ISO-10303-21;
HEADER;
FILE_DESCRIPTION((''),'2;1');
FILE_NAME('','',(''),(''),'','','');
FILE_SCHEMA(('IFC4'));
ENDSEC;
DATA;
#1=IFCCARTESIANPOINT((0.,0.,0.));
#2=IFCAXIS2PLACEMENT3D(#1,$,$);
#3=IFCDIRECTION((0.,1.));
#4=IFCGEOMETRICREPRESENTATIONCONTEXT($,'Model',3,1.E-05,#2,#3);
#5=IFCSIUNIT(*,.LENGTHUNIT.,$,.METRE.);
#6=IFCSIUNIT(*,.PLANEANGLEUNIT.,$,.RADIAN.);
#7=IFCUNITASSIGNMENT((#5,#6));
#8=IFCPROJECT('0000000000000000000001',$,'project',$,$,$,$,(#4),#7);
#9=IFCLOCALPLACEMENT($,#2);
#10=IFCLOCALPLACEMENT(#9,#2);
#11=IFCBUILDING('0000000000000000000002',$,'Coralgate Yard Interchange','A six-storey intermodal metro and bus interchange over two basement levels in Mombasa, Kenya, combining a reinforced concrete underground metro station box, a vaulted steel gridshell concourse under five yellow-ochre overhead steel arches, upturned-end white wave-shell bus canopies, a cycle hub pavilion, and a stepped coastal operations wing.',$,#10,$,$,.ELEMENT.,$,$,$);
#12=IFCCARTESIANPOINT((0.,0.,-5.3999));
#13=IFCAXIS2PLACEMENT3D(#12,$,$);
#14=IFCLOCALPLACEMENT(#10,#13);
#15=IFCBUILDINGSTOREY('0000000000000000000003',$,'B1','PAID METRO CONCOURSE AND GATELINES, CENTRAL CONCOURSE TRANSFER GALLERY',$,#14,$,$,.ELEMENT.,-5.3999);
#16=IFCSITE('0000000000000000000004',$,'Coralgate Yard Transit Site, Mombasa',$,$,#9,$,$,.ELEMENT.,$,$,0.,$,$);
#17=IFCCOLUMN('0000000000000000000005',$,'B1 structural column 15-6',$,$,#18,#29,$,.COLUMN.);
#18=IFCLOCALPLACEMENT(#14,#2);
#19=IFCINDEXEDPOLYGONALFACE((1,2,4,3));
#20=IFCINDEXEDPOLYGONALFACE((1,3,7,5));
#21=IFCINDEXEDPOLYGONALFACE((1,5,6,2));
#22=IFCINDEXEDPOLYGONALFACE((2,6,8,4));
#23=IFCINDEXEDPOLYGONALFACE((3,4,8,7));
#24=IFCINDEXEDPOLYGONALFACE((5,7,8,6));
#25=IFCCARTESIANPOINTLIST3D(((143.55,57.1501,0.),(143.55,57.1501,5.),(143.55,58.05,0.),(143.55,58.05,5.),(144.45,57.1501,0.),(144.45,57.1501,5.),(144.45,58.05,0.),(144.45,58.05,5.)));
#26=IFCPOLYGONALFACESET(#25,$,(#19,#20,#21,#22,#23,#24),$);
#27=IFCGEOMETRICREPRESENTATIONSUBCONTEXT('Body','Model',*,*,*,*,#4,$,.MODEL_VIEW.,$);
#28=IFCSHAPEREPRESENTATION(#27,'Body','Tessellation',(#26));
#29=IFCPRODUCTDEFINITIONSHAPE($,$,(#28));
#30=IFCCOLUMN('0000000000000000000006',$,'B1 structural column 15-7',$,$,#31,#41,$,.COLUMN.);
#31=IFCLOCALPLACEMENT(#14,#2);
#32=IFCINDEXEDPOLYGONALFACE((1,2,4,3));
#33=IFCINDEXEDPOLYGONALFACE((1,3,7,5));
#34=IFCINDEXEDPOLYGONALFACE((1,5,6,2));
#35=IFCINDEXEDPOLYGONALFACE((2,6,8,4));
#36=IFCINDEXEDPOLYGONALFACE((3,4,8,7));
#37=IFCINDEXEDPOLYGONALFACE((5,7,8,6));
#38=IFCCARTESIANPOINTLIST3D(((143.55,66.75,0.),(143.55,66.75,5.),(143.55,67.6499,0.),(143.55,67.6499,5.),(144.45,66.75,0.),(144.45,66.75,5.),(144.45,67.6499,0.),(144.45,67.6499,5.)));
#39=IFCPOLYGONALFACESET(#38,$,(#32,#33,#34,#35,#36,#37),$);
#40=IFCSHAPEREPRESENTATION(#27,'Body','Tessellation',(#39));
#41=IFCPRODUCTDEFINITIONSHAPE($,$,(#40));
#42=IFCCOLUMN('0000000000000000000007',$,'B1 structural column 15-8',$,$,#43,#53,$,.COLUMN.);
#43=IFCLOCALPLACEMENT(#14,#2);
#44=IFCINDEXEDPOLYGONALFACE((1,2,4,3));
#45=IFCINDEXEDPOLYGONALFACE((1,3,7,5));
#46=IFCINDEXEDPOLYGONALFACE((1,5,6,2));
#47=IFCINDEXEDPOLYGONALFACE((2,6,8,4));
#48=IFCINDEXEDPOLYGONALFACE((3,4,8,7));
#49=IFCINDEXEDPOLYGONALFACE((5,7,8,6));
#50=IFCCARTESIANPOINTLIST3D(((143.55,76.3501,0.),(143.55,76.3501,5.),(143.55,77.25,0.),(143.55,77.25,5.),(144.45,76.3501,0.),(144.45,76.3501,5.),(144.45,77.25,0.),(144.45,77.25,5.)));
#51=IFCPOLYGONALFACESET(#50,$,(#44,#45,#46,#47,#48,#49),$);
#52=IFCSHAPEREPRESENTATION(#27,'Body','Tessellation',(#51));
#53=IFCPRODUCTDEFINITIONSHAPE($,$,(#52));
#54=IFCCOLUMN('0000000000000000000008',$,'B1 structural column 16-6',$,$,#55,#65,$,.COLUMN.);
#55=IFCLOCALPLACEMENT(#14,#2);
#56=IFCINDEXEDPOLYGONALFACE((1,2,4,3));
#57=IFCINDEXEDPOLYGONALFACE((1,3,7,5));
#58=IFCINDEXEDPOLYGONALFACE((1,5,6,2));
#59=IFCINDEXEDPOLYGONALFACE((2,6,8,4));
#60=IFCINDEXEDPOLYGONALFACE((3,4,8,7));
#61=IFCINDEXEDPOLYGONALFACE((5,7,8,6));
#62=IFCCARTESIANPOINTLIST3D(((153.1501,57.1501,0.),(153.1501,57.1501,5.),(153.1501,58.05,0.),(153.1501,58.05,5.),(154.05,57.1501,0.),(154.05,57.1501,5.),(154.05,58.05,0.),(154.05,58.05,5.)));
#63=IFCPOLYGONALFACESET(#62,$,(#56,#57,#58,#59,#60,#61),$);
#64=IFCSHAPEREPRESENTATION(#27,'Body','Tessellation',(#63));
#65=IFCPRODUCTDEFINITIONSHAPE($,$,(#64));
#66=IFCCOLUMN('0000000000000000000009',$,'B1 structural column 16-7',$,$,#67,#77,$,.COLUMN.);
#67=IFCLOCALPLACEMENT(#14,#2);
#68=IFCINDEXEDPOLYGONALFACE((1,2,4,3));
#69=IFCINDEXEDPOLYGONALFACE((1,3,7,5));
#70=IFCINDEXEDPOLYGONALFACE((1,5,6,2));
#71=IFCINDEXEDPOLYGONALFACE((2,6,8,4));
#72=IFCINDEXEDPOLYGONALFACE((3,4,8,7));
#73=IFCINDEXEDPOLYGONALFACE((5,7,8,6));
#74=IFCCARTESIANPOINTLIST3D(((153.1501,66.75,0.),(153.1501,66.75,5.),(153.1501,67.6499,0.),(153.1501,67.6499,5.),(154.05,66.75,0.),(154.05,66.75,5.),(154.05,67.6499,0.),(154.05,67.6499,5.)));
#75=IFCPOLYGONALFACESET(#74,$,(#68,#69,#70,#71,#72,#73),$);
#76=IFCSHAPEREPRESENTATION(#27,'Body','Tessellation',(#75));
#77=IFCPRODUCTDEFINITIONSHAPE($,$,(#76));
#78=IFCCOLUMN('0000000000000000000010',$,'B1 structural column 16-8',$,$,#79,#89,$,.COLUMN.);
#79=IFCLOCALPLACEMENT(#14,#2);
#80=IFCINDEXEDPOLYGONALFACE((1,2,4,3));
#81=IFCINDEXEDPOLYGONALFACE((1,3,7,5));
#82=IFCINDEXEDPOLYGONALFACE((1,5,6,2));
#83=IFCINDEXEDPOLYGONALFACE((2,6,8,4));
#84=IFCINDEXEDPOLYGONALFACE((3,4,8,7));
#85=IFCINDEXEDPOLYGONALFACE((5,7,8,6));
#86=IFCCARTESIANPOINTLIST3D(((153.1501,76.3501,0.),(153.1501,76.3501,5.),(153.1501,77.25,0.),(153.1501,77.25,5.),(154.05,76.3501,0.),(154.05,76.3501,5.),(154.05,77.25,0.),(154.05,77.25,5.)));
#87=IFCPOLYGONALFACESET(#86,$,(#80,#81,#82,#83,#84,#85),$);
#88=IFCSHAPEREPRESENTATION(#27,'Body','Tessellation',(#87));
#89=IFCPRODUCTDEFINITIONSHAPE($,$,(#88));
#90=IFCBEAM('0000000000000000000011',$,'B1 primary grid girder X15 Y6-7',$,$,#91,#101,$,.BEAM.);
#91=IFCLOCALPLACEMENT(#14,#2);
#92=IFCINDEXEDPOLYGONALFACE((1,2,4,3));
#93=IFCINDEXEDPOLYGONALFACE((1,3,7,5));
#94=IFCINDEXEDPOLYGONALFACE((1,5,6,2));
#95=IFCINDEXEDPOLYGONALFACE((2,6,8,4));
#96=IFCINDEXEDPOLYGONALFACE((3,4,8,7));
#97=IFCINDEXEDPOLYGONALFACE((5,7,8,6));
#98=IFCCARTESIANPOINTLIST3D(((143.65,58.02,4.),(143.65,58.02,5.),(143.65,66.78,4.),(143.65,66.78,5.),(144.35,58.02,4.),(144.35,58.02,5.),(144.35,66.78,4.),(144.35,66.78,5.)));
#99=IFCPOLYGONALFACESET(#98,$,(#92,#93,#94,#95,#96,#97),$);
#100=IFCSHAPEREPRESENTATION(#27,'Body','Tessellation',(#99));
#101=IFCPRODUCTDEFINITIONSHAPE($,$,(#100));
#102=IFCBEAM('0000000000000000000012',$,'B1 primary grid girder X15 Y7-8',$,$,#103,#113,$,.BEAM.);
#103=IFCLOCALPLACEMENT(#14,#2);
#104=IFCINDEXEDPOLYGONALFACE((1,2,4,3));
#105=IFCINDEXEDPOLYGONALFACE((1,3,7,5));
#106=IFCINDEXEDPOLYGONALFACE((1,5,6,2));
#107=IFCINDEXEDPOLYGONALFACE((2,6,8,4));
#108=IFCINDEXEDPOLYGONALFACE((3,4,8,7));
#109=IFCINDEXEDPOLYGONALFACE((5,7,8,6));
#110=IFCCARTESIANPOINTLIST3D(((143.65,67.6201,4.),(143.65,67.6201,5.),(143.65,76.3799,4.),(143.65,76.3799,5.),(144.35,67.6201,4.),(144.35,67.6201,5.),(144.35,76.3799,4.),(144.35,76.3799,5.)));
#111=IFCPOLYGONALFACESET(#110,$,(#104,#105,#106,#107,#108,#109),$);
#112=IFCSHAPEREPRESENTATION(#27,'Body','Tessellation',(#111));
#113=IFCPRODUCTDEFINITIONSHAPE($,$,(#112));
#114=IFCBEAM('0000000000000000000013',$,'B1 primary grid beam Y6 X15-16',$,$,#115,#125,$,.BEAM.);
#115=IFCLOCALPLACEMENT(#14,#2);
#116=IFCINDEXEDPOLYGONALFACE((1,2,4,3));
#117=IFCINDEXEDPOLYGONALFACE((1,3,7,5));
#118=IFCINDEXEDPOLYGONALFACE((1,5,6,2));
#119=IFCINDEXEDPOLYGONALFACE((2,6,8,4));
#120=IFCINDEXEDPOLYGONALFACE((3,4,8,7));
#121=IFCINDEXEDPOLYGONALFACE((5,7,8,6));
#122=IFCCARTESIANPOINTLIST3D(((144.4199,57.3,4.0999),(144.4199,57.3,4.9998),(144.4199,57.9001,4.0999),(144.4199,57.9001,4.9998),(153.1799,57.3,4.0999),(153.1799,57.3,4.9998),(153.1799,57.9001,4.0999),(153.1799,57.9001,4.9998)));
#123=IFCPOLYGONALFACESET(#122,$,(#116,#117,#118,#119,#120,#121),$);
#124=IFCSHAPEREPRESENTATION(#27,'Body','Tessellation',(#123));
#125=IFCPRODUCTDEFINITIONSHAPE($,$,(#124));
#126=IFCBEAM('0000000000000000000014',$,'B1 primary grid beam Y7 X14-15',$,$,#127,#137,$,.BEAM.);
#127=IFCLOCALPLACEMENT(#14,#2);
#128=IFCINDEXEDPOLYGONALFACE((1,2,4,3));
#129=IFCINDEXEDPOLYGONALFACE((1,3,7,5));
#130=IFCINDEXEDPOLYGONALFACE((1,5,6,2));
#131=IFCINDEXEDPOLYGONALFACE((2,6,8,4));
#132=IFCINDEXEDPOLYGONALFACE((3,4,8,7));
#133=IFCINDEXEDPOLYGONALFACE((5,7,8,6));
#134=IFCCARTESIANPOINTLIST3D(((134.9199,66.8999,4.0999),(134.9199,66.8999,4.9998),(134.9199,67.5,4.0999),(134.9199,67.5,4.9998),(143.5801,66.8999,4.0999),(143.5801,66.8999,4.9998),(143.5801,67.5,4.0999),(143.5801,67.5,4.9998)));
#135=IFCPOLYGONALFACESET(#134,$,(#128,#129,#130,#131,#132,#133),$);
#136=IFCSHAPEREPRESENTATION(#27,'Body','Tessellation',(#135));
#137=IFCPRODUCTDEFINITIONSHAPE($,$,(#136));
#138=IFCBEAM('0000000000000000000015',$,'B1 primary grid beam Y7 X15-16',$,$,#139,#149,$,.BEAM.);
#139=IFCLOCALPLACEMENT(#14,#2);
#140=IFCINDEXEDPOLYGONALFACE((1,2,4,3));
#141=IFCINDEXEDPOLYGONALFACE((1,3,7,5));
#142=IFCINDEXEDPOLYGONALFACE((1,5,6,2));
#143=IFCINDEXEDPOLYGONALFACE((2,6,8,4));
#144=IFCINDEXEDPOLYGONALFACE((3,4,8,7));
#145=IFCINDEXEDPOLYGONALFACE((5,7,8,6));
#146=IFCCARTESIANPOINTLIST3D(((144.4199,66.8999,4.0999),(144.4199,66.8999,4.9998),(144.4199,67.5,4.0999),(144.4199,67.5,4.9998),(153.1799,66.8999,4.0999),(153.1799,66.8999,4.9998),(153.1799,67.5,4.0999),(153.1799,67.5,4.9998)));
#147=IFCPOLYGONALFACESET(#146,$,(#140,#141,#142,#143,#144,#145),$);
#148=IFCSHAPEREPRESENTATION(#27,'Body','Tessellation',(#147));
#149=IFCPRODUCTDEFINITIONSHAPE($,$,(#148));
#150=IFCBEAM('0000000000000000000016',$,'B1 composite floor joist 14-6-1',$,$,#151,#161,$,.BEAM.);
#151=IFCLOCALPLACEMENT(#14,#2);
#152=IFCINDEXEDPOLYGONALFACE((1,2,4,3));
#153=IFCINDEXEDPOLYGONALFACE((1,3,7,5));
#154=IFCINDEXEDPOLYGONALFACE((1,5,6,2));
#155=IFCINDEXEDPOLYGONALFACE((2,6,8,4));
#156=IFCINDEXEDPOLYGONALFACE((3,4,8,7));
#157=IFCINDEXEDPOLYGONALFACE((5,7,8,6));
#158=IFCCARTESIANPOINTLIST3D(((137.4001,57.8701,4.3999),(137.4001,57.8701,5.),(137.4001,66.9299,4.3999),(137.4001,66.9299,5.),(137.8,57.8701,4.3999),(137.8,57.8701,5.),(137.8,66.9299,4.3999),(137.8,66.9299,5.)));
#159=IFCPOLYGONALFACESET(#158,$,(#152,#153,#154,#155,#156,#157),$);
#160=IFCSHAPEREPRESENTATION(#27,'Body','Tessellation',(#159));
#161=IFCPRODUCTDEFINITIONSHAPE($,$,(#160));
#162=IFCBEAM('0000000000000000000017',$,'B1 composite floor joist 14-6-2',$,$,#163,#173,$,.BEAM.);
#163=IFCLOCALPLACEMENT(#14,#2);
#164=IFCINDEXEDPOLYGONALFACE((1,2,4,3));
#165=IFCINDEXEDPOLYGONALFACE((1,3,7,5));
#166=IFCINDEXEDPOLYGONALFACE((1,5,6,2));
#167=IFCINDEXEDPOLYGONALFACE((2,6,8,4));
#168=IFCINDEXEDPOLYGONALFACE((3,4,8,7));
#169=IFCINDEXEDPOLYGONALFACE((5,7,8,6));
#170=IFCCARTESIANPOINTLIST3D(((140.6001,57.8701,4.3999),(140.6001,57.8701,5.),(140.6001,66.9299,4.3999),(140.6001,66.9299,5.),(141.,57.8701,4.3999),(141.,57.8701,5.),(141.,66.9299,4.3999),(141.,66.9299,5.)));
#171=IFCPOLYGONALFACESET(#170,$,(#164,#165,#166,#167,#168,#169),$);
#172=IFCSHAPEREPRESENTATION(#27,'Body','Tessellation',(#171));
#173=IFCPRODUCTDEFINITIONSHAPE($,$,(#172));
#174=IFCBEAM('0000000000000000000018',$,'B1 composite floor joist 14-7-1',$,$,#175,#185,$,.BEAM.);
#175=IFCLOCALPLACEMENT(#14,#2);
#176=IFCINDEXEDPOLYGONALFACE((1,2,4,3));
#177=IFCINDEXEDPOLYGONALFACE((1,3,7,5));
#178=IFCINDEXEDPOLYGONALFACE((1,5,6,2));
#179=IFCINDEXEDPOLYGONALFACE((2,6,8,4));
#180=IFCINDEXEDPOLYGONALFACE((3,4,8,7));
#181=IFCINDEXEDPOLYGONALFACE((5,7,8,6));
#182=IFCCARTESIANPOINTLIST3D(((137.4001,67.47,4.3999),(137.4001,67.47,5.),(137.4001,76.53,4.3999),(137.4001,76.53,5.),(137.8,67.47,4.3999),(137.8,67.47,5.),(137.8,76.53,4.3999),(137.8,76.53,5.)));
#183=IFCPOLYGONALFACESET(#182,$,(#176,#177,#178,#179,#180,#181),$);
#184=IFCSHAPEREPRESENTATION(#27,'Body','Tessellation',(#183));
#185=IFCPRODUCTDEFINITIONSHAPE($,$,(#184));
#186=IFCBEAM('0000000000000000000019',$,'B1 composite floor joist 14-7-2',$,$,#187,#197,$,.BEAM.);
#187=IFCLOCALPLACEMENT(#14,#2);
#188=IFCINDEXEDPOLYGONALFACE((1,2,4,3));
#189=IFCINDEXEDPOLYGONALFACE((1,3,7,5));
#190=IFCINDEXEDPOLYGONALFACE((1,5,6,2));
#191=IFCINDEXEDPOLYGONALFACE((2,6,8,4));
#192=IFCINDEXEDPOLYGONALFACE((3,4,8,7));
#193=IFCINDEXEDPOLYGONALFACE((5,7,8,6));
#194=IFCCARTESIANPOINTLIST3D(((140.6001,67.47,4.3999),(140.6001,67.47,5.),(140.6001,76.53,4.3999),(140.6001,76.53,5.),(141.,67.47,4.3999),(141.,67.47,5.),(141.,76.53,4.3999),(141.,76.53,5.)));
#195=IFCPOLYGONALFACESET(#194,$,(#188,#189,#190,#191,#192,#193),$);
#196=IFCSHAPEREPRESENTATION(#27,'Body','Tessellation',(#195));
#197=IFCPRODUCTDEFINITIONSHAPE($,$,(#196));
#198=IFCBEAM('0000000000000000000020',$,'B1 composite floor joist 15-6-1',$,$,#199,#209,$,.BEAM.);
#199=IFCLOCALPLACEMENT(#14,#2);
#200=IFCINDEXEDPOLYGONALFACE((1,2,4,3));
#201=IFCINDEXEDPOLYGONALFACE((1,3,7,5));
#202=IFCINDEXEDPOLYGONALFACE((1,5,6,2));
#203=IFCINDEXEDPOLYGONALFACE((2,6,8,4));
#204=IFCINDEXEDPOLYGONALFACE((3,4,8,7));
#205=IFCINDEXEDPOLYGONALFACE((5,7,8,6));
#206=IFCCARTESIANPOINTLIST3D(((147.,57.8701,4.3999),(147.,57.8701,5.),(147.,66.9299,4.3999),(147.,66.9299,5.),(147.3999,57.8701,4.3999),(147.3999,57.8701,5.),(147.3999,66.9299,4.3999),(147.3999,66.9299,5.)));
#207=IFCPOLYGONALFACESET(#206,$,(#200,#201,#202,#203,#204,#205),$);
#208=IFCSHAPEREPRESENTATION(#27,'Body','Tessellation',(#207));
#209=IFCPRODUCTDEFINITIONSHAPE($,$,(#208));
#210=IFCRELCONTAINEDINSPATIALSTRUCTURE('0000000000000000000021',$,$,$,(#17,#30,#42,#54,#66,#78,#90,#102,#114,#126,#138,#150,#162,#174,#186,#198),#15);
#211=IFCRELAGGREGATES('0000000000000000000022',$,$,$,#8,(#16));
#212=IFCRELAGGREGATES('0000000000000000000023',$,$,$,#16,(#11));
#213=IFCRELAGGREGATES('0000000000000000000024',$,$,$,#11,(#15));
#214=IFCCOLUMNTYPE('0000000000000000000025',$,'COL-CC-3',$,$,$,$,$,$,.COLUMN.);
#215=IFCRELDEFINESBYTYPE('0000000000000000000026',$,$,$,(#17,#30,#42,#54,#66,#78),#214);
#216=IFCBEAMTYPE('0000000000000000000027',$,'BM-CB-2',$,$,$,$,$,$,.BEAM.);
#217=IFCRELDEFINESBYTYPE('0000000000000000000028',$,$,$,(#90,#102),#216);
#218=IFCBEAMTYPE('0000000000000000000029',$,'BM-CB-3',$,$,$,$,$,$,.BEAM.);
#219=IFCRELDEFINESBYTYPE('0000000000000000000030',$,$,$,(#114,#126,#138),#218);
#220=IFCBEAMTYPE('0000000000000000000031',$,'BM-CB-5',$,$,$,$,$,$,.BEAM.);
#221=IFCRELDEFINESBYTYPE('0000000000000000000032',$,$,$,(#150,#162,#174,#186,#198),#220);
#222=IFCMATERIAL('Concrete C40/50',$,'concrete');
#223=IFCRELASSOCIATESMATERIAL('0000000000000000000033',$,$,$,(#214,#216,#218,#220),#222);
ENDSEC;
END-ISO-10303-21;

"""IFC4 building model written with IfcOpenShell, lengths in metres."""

from ifc_helpers import new_model, si_unit, direction, frame, origin, origin_2d, place, context, subcontext, project, spatial, rectangle, extrude, material, material_profile, profile_set, type_object, element, save


model = new_model("IFC4")

# Units and contexts
model_context = context("Model", 3, precision=1e-05, world=origin(), true_north=direction((0.0, 1.0)))
body_context = subcontext(model_context, "Body", "Model", "MODEL_VIEW")
ifc_project = project(units=[si_unit("LENGTHUNIT", "METRE"), si_unit("PLANEANGLEUNIT", "RADIAN")], contexts=[model_context])

# Site, building, storey
site_placement = place(None, origin())
site = spatial("IfcSite", under=ifc_project, at=site_placement, Name="Coralgate Yard Transit Site, Mombasa", CompositionType="ELEMENT", RefElevation=0.0)
building_placement = place(site_placement, origin())
building = spatial("IfcBuilding", under=site, at=building_placement, Name="Coralgate Yard Interchange", Description="A six-storey intermodal metro and bus interchange over two basement levels in Mombasa, Kenya, combining a reinforced concrete underground metro station box, a vaulted steel gridshell concourse under five yellow-ochre overhead steel arches, upturned-end white wave-shell bus canopies, a cycle hub pavilion, and a stepped coastal operations wing.", CompositionType="ELEMENT")
storey_placement = place(building_placement, frame((0.0, 0.0, -5.3999)))
storey = spatial("IfcBuildingStorey", under=building, at=storey_placement, Name="B1", Description="PAID METRO CONCOURSE AND GATELINES, CENTRAL CONCOURSE TRANSFER GALLERY", CompositionType="ELEMENT", Elevation=-5.3999)

# Columns
ifc_material_1 = material(Name="Concrete C40/50", Category="concrete")
ifc_material_profile_1 = material_profile(ifc_material_1, rectangle(XDim=0.8999, YDim=0.8999, at=origin_2d()), Name="RC 900x900")
ifc_profile_set_1 = profile_set([ifc_material_profile_1], Name="Concrete C40/50")
column_type = type_object("IfcColumnType", Name="COL-CC-3", PredefinedType="COLUMN", material=ifc_profile_set_1)
for number, where, z_axis, x_axis, name in (
    (1, (144.0, 57.6001, 0.0), (0.0, 0.0, 1.0), (1.0, 0.0, 0.0), "B1 structural column 15-6"),
    (2, (144.0, 67.2, 0.0), (0.0, 0.0, 1.0), (1.0, 0.0, 0.0), "B1 structural column 15-7"),
    (3, (144.0, 76.8, 0.0), (0.0, 0.0, 1.0), (1.0, 0.0, 0.0), "B1 structural column 15-8"),
    (4, (153.6001, 57.6001, 0.0), (0.0, 0.0, 1.0), (1.0, 0.0, 0.0), "B1 structural column 16-6"),
    (5, (153.6001, 67.2, 0.0), (0.0, 0.0, 1.0), (1.0, 0.0, 0.0), "B1 structural column 16-7"),
    (6, (153.6001, 76.8, 0.0), (0.0, 0.0, 1.0), (1.0, 0.0, 0.0), "B1 structural column 16-8"),
):
    element("IfcColumn", number, at=place(storey_placement, frame(where, z_axis=z_axis, x_axis=x_axis)), inside=storey, type_object=column_type, Name=name, PredefinedType="COLUMN", context=body_context, shape_type="SweptSolid", body=[
        extrude(rectangle(XDim=0.8999, YDim=0.8999, at=origin_2d()), origin(), (0.0, 0.0, 1.0), 5.0),
    ])

# Beams
ifc_material_profile_2 = material_profile(ifc_material_1, rectangle(XDim=0.7, YDim=1.0, at=origin_2d()), Name="RC 700x1000")
ifc_profile_set_2 = profile_set([ifc_material_profile_2], Name="Concrete C40/50")
beam_type_1 = type_object("IfcBeamType", Name="BM-CB-2", PredefinedType="BEAM", material=ifc_profile_set_2)
beam_1_placement = place(storey_placement, frame((144.0, 58.02, 4.5), z_axis=(0.0, 1.0, 0.0), x_axis=(-1.0, 0.0, 0.0)))
element("IfcBeam", 7, at=beam_1_placement, inside=storey, type_object=beam_type_1, Name="B1 primary grid girder X15 Y6-7", PredefinedType="BEAM", context=body_context, shape_type="SweptSolid", body=[
    extrude(rectangle(XDim=0.7, YDim=1.0, at=origin_2d()), origin(), (0.0, 0.0, 1.0), 8.76),
])
beam_2_placement = place(storey_placement, frame((144.0, 67.6201, 4.5), z_axis=(0.0, 1.0, 0.0), x_axis=(-1.0, 0.0, 0.0)))
element("IfcBeam", 8, at=beam_2_placement, inside=storey, type_object=beam_type_1, Name="B1 primary grid girder X15 Y7-8", PredefinedType="BEAM", context=body_context, shape_type="SweptSolid", body=[
    extrude(rectangle(XDim=0.7, YDim=1.0, at=origin_2d()), origin(), (0.0, 0.0, 1.0), 8.7598),
])
ifc_material_profile_3 = material_profile(ifc_material_1, rectangle(XDim=0.6001, YDim=0.8999, at=origin_2d()), Name="RC 600x900")
ifc_profile_set_3 = profile_set([ifc_material_profile_3], Name="Concrete C40/50")
beam_type_2 = type_object("IfcBeamType", Name="BM-CB-3", PredefinedType="BEAM", material=ifc_profile_set_3)
beam_3_placement = place(storey_placement, frame((144.4199, 57.6001, 4.5498), z_axis=(1.0, 0.0, 0.0), x_axis=(0.0, 1.0, 0.0)))
element("IfcBeam", 9, at=beam_3_placement, inside=storey, type_object=beam_type_2, Name="B1 primary grid beam Y6 X15-16", PredefinedType="BEAM", context=body_context, shape_type="SweptSolid", body=[
    extrude(rectangle(XDim=0.6001, YDim=0.8999, at=origin_2d()), origin(), (0.0, 0.0, 1.0), 8.76),
])
beam_4_placement = place(storey_placement, frame((134.9199, 67.2, 4.5498), z_axis=(1.0, 0.0, 0.0), x_axis=(0.0, 1.0, 0.0)))
element("IfcBeam", 10, at=beam_4_placement, inside=storey, type_object=beam_type_2, Name="B1 primary grid beam Y7 X14-15", PredefinedType="BEAM", context=body_context, shape_type="SweptSolid", body=[
    extrude(rectangle(XDim=0.6001, YDim=0.8999, at=origin_2d()), origin(), (0.0, 0.0, 1.0), 8.6602),
])
beam_5_placement = place(storey_placement, frame((144.4199, 67.2, 4.5498), z_axis=(1.0, 0.0, 0.0), x_axis=(0.0, 1.0, 0.0)))
element("IfcBeam", 11, at=beam_5_placement, inside=storey, type_object=beam_type_2, Name="B1 primary grid beam Y7 X15-16", PredefinedType="BEAM", context=body_context, shape_type="SweptSolid", body=[
    extrude(rectangle(XDim=0.6001, YDim=0.8999, at=origin_2d()), origin(), (0.0, 0.0, 1.0), 8.76),
])
ifc_material_profile_4 = material_profile(ifc_material_1, rectangle(XDim=0.3999, YDim=0.6001, at=origin_2d()), Name="RC 400x600")
ifc_profile_set_4 = profile_set([ifc_material_profile_4], Name="Concrete C40/50")
beam_type_3 = type_object("IfcBeamType", Name="BM-CB-5", PredefinedType="BEAM", material=ifc_profile_set_4)
for number, where, z_axis, x_axis, name in (
    (12, (137.6001, 57.8701, 4.7), (0.0, 1.0, 0.0), (-1.0, 0.0, 0.0), "B1 composite floor joist 14-6-1"),
    (13, (140.8, 57.8701, 4.7), (0.0, 1.0, 0.0), (-1.0, 0.0, 0.0), "B1 composite floor joist 14-6-2"),
):
    element("IfcBeam", number, at=place(storey_placement, frame(where, z_axis=z_axis, x_axis=x_axis)), inside=storey, type_object=beam_type_3, Name=name, PredefinedType="BEAM", context=body_context, shape_type="SweptSolid", body=[
        extrude(rectangle(XDim=0.3999, YDim=0.6001, at=origin_2d()), origin(), (0.0, 0.0, 1.0), 9.0598),
    ])
for number, where, z_axis, x_axis, name in (
    (14, (137.6001, 67.47, 4.7), (0.0, 1.0, 0.0), (-1.0, 0.0, 0.0), "B1 composite floor joist 14-7-1"),
    (15, (140.8, 67.47, 4.7), (0.0, 1.0, 0.0), (-1.0, 0.0, 0.0), "B1 composite floor joist 14-7-2"),
):
    element("IfcBeam", number, at=place(storey_placement, frame(where, z_axis=z_axis, x_axis=x_axis)), inside=storey, type_object=beam_type_3, Name=name, PredefinedType="BEAM", context=body_context, shape_type="SweptSolid", body=[
        extrude(rectangle(XDim=0.3999, YDim=0.6001, at=origin_2d()), origin(), (0.0, 0.0, 1.0), 9.0601),
    ])
for number, where, z_axis, x_axis, name in (
    (16, (147.2, 57.8701, 4.7), (0.0, 1.0, 0.0), (-1.0, 0.0, 0.0), "B1 composite floor joist 15-6-1"),
):
    element("IfcBeam", number, at=place(storey_placement, frame(where, z_axis=z_axis, x_axis=x_axis)), inside=storey, type_object=beam_type_3, Name=name, PredefinedType="BEAM", context=body_context, shape_type="SweptSolid", body=[
        extrude(rectangle(XDim=0.3999, YDim=0.6001, at=origin_2d()), origin(), (0.0, 0.0, 1.0), 9.0598),
    ])

save(model, "model.ifc")
